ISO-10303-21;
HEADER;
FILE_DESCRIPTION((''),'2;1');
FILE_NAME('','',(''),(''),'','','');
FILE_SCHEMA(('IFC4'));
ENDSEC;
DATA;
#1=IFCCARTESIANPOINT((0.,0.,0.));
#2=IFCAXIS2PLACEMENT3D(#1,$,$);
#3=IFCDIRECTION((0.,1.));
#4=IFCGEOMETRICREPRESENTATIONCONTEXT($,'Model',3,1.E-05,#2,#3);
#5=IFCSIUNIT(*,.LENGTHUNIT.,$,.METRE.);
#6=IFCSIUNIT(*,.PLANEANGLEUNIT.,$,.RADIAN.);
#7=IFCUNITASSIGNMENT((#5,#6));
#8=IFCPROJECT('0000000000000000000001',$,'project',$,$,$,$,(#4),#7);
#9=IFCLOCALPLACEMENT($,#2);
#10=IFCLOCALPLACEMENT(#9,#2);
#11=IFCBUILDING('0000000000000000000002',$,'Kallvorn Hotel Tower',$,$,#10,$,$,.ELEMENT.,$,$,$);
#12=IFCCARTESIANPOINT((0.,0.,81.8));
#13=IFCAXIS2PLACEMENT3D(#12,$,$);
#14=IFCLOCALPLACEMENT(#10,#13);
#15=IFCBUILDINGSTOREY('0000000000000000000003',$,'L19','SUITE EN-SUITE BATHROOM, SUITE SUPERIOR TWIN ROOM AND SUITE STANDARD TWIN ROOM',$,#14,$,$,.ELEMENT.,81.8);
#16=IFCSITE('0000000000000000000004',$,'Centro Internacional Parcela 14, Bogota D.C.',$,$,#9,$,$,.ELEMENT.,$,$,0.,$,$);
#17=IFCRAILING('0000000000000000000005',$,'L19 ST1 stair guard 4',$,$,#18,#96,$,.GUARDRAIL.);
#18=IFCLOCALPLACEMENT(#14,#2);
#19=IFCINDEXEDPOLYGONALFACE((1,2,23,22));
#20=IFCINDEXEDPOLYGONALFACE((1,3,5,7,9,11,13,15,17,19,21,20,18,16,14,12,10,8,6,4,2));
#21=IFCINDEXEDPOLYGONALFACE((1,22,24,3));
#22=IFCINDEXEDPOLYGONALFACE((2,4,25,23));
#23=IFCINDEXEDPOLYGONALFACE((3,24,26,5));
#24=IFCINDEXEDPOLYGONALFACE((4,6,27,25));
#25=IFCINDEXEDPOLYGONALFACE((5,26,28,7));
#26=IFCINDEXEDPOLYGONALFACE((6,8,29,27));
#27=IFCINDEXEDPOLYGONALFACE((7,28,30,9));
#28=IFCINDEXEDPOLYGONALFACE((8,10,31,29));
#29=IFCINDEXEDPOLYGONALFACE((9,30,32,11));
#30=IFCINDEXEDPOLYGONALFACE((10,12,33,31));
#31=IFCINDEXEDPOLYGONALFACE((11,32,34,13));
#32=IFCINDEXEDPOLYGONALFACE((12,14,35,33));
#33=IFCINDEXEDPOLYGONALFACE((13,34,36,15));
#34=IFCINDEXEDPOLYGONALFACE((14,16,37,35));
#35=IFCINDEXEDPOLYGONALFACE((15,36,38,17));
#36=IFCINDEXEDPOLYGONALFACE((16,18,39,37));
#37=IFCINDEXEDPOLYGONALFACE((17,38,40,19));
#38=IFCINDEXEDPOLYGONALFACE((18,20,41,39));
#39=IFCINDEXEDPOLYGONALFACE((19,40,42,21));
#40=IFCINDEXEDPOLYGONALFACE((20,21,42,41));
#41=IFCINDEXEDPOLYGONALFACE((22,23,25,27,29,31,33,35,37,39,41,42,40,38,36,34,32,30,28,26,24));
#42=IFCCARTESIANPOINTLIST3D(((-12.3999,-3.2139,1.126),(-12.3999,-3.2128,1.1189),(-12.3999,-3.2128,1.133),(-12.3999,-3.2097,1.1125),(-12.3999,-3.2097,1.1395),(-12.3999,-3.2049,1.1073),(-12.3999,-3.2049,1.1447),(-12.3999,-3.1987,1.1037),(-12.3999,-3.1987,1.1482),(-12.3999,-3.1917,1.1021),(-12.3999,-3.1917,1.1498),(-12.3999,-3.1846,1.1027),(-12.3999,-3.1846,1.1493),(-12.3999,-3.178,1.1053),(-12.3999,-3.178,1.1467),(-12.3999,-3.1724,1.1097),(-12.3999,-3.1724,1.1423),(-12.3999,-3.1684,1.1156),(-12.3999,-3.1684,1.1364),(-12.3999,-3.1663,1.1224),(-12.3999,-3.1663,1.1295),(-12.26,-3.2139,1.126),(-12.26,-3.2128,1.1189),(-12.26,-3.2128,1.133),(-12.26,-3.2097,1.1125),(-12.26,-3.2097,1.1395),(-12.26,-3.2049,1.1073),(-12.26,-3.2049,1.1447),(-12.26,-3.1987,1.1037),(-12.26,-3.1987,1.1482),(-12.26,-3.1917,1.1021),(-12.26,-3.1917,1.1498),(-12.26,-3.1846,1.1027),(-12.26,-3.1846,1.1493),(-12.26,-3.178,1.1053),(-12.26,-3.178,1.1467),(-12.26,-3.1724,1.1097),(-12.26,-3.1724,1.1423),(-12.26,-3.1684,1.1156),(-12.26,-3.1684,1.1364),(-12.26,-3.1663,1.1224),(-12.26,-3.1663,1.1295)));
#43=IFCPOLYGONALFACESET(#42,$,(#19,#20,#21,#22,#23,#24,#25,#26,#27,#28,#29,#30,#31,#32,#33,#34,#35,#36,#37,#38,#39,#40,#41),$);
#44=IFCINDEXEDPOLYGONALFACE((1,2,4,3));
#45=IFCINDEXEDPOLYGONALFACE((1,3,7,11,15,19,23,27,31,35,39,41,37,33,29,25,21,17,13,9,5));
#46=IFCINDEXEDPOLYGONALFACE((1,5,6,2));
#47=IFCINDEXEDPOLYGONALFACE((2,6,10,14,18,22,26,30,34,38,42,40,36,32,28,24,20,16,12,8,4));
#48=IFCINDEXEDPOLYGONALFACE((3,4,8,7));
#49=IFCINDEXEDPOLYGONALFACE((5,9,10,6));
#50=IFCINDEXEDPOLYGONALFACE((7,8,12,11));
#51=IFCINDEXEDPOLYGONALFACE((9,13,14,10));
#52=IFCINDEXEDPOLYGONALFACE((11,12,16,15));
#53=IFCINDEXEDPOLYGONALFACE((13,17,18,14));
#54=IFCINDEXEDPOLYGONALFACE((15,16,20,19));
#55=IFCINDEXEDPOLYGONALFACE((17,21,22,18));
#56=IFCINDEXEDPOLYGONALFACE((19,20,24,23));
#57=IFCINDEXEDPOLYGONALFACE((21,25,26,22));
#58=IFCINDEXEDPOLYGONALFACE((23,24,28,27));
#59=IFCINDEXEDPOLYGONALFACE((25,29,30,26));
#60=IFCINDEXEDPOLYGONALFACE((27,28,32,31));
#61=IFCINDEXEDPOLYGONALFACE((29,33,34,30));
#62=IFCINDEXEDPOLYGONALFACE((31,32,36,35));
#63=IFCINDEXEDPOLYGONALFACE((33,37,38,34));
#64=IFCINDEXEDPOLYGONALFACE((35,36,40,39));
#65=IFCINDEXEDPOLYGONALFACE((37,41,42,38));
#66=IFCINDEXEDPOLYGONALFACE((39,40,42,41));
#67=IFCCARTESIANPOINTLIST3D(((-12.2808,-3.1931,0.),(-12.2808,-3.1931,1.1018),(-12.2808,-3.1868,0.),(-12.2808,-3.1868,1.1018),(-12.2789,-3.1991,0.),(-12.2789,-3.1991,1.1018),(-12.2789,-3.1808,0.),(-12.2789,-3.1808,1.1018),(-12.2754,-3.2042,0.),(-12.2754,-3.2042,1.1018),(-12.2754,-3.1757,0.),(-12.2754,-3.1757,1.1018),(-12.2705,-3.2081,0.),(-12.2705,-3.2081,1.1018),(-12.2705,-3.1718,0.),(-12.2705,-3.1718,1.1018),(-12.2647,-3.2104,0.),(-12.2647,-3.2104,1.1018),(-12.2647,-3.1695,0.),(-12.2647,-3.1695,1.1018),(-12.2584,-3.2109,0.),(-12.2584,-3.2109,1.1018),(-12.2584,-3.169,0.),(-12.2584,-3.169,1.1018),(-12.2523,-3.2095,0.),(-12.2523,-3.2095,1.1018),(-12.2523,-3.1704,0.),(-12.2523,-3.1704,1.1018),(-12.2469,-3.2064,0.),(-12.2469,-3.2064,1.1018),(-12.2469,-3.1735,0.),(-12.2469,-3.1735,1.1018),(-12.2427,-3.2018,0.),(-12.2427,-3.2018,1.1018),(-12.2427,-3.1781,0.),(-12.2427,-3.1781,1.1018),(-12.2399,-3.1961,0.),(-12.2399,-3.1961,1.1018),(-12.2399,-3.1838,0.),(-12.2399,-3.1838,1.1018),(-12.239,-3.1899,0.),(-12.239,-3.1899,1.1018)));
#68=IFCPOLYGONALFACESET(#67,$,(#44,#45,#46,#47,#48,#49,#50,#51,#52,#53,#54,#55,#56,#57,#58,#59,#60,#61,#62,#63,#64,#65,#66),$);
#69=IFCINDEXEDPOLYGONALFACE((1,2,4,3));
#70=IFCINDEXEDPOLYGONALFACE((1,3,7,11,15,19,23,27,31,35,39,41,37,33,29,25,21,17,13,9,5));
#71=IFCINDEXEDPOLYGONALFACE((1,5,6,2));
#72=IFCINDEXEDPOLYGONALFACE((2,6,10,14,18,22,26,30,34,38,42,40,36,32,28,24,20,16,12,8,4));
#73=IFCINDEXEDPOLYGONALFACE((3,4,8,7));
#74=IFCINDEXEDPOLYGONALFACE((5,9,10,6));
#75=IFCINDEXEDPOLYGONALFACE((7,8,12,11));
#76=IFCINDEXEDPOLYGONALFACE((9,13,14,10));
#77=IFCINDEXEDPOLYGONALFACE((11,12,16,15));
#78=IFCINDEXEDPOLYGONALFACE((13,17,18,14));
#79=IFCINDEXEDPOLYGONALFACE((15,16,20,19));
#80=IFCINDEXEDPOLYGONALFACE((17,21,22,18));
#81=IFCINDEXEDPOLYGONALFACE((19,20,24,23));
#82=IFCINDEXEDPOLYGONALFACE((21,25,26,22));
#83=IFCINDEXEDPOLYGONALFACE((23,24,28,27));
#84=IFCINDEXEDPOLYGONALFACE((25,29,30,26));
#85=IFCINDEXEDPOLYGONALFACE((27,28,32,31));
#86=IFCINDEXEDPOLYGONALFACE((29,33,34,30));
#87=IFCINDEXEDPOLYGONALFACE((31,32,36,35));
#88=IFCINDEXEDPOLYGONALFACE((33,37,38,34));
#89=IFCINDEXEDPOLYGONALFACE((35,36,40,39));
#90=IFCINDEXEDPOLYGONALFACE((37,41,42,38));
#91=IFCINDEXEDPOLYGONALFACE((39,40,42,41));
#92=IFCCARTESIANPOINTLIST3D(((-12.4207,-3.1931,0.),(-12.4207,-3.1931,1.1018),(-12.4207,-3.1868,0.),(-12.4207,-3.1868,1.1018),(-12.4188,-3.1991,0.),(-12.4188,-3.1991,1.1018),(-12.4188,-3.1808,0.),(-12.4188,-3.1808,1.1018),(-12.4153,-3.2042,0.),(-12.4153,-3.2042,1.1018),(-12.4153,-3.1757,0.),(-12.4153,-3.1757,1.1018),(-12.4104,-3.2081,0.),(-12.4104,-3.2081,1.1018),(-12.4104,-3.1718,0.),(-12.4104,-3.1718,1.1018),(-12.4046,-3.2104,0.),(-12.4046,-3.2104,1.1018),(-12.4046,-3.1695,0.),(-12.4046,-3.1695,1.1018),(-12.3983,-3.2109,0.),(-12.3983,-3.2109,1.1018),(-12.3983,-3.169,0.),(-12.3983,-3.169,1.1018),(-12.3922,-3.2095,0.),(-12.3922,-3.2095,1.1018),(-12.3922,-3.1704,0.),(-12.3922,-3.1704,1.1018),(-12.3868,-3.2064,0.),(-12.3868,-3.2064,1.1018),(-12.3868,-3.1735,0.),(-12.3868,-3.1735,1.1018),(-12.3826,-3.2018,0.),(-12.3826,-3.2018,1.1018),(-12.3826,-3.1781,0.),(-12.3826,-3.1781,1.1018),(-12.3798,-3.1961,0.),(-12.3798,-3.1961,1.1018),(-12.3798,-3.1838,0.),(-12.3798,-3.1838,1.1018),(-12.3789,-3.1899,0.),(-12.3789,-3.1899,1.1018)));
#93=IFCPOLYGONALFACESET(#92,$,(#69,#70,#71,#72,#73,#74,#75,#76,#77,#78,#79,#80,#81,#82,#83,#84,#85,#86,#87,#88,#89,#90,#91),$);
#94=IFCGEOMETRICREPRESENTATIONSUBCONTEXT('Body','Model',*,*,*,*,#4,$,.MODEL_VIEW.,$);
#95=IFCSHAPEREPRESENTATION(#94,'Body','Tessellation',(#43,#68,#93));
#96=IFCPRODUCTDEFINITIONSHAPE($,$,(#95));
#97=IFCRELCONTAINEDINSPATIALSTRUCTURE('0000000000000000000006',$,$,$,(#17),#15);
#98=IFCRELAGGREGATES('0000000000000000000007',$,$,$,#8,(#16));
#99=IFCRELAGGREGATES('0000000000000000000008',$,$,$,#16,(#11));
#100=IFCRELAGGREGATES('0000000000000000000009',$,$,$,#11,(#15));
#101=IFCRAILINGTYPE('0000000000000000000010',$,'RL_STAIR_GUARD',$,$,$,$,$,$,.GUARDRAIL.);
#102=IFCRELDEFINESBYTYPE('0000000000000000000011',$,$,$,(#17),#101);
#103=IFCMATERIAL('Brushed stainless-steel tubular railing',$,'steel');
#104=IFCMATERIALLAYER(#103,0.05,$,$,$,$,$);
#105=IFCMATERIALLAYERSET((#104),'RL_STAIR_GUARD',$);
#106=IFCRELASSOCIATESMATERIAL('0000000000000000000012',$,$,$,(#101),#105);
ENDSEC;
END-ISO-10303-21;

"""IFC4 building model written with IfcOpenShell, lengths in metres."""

from ifc_helpers import new_model, si_unit, direction, frame, origin, origin_2d, place, context, subcontext, project, spatial, circle, extrude, material, layer, layer_set, type_object, element, save


model = new_model("IFC4")

# Units and contexts
model_context = context("Model", 3, precision=1e-05, world=origin(), true_north=direction((0.0, 1.0)))
body_context = subcontext(model_context, "Body", "Model", "MODEL_VIEW")
ifc_project = project(units=[si_unit("LENGTHUNIT", "METRE"), si_unit("PLANEANGLEUNIT", "RADIAN")], contexts=[model_context])

# Site, building, storey
site_placement = place(None, origin())
site = spatial("IfcSite", under=ifc_project, at=site_placement, Name="Centro Internacional Parcela 14, Bogota D.C.", CompositionType="ELEMENT", RefElevation=0.0)
building_placement = place(site_placement, origin())
building = spatial("IfcBuilding", under=site, at=building_placement, Name="Kallvorn Hotel Tower", CompositionType="ELEMENT")
storey_placement = place(building_placement, frame((0.0, 0.0, 81.8)))
storey = spatial("IfcBuildingStorey", under=building, at=storey_placement, Name="L19", Description="SUITE EN-SUITE BATHROOM, SUITE SUPERIOR TWIN ROOM AND SUITE STANDARD TWIN ROOM", CompositionType="ELEMENT", Elevation=81.8)

# Railing
ifc_material_1 = material(Name="Brushed stainless-steel tubular railing", Category="steel")
ifc_layer_1 = layer(ifc_material_1, 0.05)
ifc_layer_set_1 = layer_set([ifc_layer_1], Name="RL_STAIR_GUARD")
railing_type_1 = type_object("IfcRailingType", Name="RL_STAIR_GUARD", PredefinedType="GUARDRAIL", material=ifc_layer_set_1)
railing_1_placement = place(storey_placement, frame((-12.26, -3.1899, 0.0)))
element("IfcRailing", 1, at=railing_1_placement, inside=storey, type_object=railing_type_1, Name="L19 ST1 stair guard 4", PredefinedType="GUARDRAIL", context=body_context, shape_type="SweptSolid", body=[
    extrude(circle(Radius=0.0239, at=origin_2d()), frame((0.0, 0.0, 1.126), z_axis=(-1.0, 0.0, 0.0), x_axis=(0.0, -1.0, 0.0)), (0.0, 0.0, 1.0), 0.1399),
    extrude(circle(Radius=0.021, at=origin_2d()), origin(), (0.0, 0.0, 1.0), 1.1018),
    extrude(circle(Radius=0.021, at=origin_2d()), frame((-0.1399, 0.0, 0.0)), (0.0, 0.0, 1.0), 1.1018),
])

save(model, "model.ifc")
